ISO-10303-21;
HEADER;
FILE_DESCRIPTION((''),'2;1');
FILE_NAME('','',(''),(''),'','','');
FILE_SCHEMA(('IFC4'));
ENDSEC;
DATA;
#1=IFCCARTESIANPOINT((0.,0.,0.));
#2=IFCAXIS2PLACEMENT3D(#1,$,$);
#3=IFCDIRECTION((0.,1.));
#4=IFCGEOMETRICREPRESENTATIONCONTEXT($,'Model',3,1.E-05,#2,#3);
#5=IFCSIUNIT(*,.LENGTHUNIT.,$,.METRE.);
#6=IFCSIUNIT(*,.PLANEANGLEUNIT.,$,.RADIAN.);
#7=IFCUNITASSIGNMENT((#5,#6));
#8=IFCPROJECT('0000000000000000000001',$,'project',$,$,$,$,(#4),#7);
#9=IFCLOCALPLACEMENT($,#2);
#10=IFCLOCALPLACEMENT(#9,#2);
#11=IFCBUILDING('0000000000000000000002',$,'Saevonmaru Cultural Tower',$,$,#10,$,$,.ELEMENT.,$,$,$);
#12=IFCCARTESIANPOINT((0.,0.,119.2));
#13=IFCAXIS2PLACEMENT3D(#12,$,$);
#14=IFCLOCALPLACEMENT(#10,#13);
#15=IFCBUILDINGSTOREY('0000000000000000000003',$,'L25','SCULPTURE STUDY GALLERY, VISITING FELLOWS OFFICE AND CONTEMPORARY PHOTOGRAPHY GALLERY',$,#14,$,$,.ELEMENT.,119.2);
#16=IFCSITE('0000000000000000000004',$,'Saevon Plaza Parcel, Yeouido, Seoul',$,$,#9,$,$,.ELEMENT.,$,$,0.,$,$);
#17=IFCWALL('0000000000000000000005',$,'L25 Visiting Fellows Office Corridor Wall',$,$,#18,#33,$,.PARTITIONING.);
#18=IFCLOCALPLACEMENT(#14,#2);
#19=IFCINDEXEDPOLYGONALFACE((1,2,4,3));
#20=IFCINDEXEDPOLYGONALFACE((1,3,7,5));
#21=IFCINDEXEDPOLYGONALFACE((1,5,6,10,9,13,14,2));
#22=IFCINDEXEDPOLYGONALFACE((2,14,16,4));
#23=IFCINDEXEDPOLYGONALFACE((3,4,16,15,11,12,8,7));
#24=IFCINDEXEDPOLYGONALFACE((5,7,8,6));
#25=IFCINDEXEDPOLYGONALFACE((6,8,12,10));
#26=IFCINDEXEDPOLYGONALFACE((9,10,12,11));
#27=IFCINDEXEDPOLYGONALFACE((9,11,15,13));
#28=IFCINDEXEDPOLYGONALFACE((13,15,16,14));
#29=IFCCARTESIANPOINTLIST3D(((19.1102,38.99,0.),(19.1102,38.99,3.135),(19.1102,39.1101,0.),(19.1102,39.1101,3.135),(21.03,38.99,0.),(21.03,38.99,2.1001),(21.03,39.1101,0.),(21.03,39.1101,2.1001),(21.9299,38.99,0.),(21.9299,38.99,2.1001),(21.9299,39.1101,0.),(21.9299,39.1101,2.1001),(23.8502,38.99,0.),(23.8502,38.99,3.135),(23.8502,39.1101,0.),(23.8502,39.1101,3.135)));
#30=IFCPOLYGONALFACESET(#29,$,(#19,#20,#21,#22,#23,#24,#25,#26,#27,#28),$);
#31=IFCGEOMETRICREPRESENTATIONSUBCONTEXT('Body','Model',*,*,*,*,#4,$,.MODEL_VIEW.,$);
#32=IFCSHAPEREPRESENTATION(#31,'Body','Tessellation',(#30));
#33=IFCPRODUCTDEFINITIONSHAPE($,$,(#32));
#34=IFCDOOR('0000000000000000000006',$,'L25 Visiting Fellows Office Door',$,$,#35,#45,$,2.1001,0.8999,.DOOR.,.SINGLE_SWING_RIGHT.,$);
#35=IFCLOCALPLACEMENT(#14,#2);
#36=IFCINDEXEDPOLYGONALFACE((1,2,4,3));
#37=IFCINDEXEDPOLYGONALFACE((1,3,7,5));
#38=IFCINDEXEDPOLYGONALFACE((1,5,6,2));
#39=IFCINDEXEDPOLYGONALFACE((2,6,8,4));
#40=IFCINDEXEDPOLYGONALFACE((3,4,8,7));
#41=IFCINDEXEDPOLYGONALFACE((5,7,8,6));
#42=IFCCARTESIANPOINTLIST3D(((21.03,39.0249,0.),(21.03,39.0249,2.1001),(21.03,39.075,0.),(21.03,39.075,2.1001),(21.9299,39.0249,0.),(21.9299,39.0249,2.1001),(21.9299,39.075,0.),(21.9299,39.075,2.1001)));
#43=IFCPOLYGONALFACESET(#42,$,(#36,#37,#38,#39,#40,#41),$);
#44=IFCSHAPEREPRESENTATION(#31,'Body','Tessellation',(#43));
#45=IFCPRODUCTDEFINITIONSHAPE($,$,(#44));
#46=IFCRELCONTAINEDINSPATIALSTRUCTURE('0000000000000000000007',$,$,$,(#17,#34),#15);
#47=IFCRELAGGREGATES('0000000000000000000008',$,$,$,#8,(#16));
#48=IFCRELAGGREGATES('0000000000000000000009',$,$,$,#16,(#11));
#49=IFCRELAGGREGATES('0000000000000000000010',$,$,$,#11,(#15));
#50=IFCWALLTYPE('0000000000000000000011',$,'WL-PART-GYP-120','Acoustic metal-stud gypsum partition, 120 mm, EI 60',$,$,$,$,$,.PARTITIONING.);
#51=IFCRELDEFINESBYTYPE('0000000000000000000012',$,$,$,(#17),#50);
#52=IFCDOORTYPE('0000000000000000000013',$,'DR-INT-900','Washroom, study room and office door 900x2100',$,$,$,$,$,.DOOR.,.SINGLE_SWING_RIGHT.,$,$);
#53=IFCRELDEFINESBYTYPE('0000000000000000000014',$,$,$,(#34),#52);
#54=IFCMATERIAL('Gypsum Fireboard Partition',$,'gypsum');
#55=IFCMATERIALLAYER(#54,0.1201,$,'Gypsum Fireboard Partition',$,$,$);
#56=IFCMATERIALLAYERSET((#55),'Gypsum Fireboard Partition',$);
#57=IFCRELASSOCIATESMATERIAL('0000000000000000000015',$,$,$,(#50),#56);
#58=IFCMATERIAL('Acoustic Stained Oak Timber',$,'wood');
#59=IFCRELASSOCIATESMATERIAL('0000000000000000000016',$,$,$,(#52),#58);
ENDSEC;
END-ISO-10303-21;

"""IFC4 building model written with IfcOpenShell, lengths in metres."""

from ifc_helpers import new_model, si_unit, direction, frame, frame_2d, origin, place, context, subcontext, project, spatial, rectangle, extrude, material, layer, layer_set, type_object, element, fill, save


model = new_model("IFC4")

# Units and contexts
model_context = context("Model", 3, precision=1e-05, world=origin(), true_north=direction((0.0, 1.0)))
body_context = subcontext(model_context, "Body", "Model", "MODEL_VIEW")
ifc_project = project(units=[si_unit("LENGTHUNIT", "METRE"), si_unit("PLANEANGLEUNIT", "RADIAN")], contexts=[model_context])

# Site, building, storey
site_placement = place(None, origin())
site = spatial("IfcSite", under=ifc_project, at=site_placement, Name="Saevon Plaza Parcel, Yeouido, Seoul", CompositionType="ELEMENT", RefElevation=0.0)
building_placement = place(site_placement, origin())
building = spatial("IfcBuilding", under=site, at=building_placement, Name="Saevonmaru Cultural Tower", CompositionType="ELEMENT")
storey_placement = place(building_placement, frame((0.0, 0.0, 119.2)))
storey = spatial("IfcBuildingStorey", under=building, at=storey_placement, Name="L25", Description="SCULPTURE STUDY GALLERY, VISITING FELLOWS OFFICE AND CONTEMPORARY PHOTOGRAPHY GALLERY", CompositionType="ELEMENT", Elevation=119.2)

# Shared definitions
ifc_material_1 = material(Name="Gypsum Fireboard Partition", Category="gypsum")

# Shared definitions
ifc_layer_1 = layer(ifc_material_1, 0.1201, Name="Gypsum Fireboard Partition")
ifc_layer_set_1 = layer_set([ifc_layer_1], Name="Gypsum Fireboard Partition")
wall_type_1 = type_object("IfcWallType", Name="WL-PART-GYP-120", Description="Acoustic metal-stud gypsum partition, 120 mm, EI 60", PredefinedType="PARTITIONING", material=ifc_layer_set_1)

# Wall, opening, door
ifc_material_2 = material(Name="Acoustic Stained Oak Timber", Category="wood")
door_type_1 = type_object("IfcDoorType", Name="DR-INT-900", Description="Washroom, study room and office door 900x2100", OperationType="SINGLE_SWING_RIGHT", PredefinedType="DOOR", material=ifc_material_2)
wall_1_placement = place(storey_placement, frame((19.1101, 39.05, 0.0), z_axis=(0.0, 0.0, 1.0), x_axis=(1.0, 0.0, 0.0)))
wall_1 = element("IfcWall", 1, at=wall_1_placement, inside=storey, type_object=wall_type_1, Name="L25 Visiting Fellows Office Corridor Wall", PredefinedType="PARTITIONING", context=body_context, shape_type="SweptSolid", body=[
    extrude(rectangle(XDim=4.74, YDim=0.1201, at=frame_2d((2.3701, 0.0))), origin(), (0.0, 0.0, 1.0), 3.135),
])
opening_1_placement = place(wall_1_placement, frame((1.9199, 0.0, 0.0)))
opening_1 = element("IfcOpeningElement", 2, at=opening_1_placement, cuts=wall_1, PredefinedType="OPENING", context=body_context, shape_type="SweptSolid", body=[
    extrude(rectangle(XDim=0.8999, YDim=2.1001, at=frame_2d((0.45, 1.05))), frame((0.0, 0.0701, 0.0), z_axis=(0.0, -1.0, 0.0), x_axis=(1.0, 0.0, 0.0)), (0.0, 0.0, 1.0), 0.1401),
])
door_1_placement = place(opening_1_placement, origin())
door_1 = element("IfcDoor", 3, at=door_1_placement, inside=storey, type_object=door_type_1, Name="L25 Visiting Fellows Office Door", OperationType="SINGLE_SWING_RIGHT", OverallHeight=2.1001, OverallWidth=0.8999, PredefinedType="DOOR", context=body_context, shape_type="SweptSolid", body=[
    extrude(rectangle(XDim=0.8999, YDim=2.1001, at=frame_2d((0.45, 1.05))), frame((0.0, 0.0249, 0.0), z_axis=(0.0, -1.0, 0.0), x_axis=(1.0, 0.0, 0.0)), (0.0, 0.0, 1.0), 0.05),
])
fill(opening_1, door_1)

save(model, "model.ifc")
